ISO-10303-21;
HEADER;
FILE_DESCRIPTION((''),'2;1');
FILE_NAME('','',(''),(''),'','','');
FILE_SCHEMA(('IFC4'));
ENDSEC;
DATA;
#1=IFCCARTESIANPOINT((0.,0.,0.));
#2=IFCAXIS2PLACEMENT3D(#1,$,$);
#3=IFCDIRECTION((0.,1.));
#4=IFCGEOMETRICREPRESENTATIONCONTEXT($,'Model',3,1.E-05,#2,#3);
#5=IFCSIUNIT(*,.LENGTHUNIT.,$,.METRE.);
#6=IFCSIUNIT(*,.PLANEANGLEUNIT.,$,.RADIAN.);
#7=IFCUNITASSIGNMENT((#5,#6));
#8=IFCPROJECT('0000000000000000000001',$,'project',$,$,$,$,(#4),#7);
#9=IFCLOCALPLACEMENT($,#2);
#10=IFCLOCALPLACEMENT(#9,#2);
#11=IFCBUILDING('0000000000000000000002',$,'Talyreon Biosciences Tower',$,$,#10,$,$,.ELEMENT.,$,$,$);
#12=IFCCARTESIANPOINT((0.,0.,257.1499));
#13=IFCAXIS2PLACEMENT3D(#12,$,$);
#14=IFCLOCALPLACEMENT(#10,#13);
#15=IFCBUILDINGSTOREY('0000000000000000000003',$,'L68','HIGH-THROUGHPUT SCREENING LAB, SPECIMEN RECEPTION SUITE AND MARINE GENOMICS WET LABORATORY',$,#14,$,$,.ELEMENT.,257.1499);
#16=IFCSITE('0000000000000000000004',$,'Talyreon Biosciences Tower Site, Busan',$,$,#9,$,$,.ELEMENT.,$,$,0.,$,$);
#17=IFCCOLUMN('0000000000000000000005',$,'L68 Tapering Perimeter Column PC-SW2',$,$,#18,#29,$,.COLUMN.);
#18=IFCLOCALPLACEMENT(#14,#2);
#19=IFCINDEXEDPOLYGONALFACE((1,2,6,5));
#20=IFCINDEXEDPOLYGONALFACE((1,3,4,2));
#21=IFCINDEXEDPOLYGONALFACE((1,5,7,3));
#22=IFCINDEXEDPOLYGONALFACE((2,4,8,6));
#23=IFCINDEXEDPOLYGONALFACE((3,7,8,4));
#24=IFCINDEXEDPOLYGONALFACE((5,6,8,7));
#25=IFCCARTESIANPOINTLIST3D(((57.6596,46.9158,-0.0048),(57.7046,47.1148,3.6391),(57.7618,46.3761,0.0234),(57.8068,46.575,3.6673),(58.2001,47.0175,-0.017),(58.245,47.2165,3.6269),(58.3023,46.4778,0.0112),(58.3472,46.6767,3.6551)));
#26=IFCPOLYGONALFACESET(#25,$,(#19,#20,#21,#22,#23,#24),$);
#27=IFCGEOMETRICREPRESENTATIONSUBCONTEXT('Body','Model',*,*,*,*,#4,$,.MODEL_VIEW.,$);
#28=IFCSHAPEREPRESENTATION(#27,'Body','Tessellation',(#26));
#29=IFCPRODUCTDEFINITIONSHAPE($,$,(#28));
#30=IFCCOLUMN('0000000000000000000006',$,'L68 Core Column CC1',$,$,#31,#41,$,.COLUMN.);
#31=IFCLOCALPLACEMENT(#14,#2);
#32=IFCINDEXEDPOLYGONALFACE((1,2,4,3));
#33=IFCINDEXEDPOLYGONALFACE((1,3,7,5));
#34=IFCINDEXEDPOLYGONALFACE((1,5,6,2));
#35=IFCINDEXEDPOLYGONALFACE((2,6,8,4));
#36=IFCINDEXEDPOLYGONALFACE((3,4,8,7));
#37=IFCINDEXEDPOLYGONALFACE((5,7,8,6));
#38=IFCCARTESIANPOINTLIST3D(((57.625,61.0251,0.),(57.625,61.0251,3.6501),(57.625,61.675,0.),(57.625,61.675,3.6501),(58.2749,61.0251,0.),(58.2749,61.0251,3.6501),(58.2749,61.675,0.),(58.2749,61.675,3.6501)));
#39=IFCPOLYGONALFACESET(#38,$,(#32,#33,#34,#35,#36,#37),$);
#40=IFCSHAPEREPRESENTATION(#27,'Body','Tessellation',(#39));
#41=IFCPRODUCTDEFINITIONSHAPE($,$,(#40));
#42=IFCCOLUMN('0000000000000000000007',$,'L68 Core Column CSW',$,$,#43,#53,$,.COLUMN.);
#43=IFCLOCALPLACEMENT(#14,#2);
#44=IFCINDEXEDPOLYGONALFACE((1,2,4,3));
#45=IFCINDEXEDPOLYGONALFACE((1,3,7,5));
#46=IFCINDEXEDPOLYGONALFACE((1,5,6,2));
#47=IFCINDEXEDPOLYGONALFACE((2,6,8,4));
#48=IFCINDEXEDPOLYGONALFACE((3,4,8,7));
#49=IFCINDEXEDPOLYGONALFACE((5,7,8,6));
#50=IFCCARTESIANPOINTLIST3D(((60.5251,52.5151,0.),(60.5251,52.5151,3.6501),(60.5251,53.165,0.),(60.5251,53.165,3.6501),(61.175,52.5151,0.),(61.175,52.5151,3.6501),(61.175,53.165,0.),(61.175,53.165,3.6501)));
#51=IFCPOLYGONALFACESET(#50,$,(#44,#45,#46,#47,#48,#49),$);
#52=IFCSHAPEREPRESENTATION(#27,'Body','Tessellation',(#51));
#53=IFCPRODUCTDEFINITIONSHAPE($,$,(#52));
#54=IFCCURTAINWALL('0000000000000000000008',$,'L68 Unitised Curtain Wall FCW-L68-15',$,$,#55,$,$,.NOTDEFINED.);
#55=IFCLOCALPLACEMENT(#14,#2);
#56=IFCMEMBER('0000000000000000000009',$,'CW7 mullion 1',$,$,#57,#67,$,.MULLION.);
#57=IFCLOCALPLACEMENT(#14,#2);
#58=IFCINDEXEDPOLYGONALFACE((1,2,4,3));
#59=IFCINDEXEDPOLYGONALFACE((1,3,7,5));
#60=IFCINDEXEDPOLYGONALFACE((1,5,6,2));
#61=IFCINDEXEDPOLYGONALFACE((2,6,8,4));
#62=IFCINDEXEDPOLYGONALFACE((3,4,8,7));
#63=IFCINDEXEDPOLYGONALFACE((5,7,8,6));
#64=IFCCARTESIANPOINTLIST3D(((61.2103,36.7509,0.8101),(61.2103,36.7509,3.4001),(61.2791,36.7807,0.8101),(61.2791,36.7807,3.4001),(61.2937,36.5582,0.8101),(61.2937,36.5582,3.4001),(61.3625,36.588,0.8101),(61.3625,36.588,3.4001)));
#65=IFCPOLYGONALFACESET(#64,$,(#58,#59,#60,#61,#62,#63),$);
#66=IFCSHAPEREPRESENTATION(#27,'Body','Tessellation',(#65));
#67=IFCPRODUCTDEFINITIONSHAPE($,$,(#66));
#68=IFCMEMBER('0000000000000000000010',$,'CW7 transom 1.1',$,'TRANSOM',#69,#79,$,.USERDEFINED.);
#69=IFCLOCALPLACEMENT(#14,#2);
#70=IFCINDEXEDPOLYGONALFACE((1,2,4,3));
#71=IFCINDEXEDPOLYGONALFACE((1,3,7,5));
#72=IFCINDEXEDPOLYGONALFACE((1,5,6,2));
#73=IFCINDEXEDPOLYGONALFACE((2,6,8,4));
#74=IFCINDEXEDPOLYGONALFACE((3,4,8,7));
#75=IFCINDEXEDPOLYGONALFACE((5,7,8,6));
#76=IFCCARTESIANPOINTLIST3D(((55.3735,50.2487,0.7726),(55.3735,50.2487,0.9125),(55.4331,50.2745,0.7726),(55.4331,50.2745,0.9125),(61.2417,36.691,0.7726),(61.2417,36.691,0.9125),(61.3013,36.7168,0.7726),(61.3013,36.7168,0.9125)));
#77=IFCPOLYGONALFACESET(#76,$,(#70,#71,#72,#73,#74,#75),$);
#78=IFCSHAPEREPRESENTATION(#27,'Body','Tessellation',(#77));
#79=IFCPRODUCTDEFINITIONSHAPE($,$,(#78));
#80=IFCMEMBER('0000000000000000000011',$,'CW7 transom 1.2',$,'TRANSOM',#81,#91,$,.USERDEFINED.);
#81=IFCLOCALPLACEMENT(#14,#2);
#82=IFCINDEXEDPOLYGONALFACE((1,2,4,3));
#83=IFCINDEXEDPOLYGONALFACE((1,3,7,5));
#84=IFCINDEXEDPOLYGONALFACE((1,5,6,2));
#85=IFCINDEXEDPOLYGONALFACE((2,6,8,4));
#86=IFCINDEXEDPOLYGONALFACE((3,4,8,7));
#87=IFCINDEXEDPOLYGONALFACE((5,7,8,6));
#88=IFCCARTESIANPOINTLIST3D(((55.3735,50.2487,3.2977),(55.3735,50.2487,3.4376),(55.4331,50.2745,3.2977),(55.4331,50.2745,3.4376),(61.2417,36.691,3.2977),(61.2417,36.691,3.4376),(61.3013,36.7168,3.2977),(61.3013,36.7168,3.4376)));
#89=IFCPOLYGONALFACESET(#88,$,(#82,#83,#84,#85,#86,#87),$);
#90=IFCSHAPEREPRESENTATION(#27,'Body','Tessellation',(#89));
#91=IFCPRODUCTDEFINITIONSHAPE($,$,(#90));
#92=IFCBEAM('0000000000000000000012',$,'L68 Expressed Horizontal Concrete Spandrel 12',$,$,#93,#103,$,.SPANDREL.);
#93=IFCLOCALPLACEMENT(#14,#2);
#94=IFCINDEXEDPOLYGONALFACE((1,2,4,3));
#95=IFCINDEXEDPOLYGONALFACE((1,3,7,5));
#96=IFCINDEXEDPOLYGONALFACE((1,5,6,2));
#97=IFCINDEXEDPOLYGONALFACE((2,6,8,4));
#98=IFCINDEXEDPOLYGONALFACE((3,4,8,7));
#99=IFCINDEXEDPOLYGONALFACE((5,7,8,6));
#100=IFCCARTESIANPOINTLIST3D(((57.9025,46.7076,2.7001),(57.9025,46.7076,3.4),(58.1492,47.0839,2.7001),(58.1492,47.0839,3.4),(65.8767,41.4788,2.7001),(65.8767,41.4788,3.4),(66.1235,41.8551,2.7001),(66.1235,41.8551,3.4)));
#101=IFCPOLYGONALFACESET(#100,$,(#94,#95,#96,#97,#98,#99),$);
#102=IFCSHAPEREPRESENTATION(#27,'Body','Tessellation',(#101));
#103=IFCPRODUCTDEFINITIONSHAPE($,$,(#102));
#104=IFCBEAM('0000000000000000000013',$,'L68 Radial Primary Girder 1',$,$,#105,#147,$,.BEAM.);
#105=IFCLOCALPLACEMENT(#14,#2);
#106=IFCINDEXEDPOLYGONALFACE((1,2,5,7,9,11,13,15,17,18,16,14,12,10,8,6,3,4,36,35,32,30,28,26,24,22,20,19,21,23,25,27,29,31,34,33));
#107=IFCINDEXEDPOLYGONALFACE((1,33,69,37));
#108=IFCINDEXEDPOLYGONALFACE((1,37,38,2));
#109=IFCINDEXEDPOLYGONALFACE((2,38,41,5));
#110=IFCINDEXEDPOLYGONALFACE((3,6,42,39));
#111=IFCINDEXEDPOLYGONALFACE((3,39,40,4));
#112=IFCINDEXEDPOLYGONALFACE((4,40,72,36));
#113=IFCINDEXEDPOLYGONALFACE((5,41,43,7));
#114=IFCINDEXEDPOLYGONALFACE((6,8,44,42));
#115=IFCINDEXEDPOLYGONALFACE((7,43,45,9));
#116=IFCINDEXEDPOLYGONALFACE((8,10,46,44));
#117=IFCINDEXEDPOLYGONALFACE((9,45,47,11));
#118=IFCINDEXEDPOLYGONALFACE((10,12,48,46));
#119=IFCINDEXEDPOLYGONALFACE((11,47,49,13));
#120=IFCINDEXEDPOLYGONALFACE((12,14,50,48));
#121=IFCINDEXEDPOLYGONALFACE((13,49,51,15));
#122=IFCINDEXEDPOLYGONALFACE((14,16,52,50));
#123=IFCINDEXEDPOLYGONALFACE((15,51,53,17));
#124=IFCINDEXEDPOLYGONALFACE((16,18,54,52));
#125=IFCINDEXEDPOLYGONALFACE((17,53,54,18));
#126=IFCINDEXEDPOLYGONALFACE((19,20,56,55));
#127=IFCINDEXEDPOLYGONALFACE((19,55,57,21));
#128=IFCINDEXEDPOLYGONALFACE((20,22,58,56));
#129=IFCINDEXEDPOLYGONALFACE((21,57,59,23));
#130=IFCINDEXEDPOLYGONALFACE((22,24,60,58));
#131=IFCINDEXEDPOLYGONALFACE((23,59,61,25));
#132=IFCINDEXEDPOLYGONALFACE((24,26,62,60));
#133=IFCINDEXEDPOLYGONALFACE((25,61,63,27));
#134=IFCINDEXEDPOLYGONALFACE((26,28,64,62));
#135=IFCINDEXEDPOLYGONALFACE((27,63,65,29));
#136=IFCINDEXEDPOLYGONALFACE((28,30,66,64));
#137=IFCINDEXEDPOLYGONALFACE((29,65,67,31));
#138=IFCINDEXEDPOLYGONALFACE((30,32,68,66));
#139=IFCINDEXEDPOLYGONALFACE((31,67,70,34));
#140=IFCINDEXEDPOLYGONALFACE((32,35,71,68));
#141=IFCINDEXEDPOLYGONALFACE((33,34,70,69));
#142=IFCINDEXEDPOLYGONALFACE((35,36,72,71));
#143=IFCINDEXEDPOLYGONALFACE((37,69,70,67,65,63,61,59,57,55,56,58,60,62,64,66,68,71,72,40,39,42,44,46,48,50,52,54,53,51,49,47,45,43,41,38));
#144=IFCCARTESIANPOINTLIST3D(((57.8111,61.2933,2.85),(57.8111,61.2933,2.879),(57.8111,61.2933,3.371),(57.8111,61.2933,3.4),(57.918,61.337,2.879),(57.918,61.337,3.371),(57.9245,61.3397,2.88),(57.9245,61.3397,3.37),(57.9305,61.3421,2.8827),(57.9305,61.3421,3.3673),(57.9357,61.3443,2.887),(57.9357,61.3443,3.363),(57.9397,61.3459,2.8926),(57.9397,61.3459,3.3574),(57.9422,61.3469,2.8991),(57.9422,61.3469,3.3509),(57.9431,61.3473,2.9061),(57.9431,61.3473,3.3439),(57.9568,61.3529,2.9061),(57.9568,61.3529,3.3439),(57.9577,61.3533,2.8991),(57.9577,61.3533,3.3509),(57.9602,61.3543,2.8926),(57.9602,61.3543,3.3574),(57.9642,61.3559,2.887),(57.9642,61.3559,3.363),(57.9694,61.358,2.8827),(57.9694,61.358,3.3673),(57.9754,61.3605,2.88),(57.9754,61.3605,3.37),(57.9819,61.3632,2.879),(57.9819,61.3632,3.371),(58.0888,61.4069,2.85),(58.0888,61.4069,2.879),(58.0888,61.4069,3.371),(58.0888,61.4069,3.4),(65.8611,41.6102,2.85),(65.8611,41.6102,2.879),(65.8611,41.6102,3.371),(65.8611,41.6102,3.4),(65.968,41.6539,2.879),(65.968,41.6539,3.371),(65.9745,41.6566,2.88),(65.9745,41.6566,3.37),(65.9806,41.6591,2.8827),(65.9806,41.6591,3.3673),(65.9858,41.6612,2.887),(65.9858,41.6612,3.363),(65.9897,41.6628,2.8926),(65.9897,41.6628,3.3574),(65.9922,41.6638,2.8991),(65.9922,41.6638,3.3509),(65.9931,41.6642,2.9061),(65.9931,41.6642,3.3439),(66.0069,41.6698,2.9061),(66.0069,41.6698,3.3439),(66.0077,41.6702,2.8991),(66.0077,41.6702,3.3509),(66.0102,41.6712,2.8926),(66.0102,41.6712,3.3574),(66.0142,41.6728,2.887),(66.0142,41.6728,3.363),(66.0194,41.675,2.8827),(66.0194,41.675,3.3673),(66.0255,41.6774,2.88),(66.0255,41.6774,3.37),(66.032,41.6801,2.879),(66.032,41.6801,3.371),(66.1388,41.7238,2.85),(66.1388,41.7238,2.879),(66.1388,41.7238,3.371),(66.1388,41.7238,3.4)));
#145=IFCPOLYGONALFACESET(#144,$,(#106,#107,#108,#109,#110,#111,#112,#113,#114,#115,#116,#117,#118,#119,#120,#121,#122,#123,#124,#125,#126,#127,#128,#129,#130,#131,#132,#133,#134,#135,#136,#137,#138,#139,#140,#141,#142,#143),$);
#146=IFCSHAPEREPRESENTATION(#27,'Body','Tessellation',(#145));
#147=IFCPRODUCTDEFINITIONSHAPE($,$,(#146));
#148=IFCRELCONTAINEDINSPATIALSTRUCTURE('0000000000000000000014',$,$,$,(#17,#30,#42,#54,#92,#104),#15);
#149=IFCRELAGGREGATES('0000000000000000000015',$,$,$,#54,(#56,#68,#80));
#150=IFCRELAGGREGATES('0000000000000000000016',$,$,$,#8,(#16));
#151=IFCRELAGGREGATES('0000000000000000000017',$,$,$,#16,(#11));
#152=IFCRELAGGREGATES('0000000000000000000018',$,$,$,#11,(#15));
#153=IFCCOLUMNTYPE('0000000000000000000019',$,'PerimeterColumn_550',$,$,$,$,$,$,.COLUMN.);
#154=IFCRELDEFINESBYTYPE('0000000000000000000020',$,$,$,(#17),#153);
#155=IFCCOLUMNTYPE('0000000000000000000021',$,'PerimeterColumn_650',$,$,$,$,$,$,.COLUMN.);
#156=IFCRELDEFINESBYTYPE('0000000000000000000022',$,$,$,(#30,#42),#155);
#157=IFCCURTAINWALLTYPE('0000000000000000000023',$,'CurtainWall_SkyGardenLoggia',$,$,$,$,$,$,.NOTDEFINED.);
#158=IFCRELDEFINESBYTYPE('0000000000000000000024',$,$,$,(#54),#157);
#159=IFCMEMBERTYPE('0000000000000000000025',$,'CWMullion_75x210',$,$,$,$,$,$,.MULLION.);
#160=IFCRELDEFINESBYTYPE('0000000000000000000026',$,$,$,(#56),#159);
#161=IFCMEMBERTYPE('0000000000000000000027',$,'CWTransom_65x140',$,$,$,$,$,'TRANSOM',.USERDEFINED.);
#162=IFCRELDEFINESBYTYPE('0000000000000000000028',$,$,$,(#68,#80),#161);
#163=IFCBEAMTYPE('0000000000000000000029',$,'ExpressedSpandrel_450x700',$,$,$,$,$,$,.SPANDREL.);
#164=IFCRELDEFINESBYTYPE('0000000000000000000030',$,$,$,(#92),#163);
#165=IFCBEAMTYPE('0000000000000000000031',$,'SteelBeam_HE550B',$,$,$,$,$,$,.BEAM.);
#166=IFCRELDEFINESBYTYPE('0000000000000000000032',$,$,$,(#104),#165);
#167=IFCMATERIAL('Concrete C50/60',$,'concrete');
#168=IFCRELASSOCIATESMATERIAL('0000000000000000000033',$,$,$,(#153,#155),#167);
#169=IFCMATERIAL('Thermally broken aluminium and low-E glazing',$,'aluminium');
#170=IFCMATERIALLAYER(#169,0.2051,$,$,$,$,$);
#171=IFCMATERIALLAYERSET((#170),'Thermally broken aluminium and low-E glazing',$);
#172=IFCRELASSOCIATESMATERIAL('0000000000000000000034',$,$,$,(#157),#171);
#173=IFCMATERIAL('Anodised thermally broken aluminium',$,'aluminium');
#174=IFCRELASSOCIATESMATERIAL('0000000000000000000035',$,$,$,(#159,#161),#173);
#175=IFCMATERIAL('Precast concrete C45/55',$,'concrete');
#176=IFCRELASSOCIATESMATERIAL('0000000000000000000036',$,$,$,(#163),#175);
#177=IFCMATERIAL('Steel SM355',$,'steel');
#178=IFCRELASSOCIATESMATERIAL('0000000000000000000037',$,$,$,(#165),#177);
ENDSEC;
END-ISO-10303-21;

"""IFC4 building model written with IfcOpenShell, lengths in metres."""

from ifc_helpers import new_model, si_unit, direction, frame, origin, origin_2d, place, context, subcontext, project, spatial, rectangle, i_section, extrude, material, layer, layer_set, material_profile, profile_set, type_object, element, aggregate, save


model = new_model("IFC4")

# Units and contexts
model_context = context("Model", 3, precision=1e-05, world=origin(), true_north=direction((0.0, 1.0)))
body_context = subcontext(model_context, "Body", "Model", "MODEL_VIEW")
ifc_project = project(units=[si_unit("LENGTHUNIT", "METRE"), si_unit("PLANEANGLEUNIT", "RADIAN")], contexts=[model_context])

# Site, building, storey
site_placement = place(None, origin())
site = spatial("IfcSite", under=ifc_project, at=site_placement, Name="Talyreon Biosciences Tower Site, Busan", CompositionType="ELEMENT", RefElevation=0.0)
building_placement = place(site_placement, origin())
building = spatial("IfcBuilding", under=site, at=building_placement, Name="Talyreon Biosciences Tower", CompositionType="ELEMENT")
storey_placement = place(building_placement, frame((0.0, 0.0, 257.1499)))
storey = spatial("IfcBuildingStorey", under=building, at=storey_placement, Name="L68", Description="HIGH-THROUGHPUT SCREENING LAB, SPECIMEN RECEPTION SUITE AND MARINE GENOMICS WET LABORATORY", CompositionType="ELEMENT", Elevation=257.1499)

# Columns
ifc_material_1 = material(Name="Concrete C50/60", Category="concrete")
ifc_material_profile_1 = material_profile(ifc_material_1, rectangle(XDim=0.55, YDim=0.55, at=origin_2d()), Name="RC 550x550")
ifc_profile_set_1 = profile_set([ifc_material_profile_1], Name="Concrete C50/60")
column_type_1 = type_object("IfcColumnType", Name="PerimeterColumn_550", PredefinedType="COLUMN", material=ifc_profile_set_1)
column_placement = place(storey_placement, frame((57.981, 46.6968, 0.0032), z_axis=(0.012308, 0.054517, 0.998437), x_axis=(-0.18579, 0.98125, -0.051289)))
element("IfcColumn", 1, at=column_placement, inside=storey, type_object=column_type_1, Name="L68 Tapering Perimeter Column PC-SW2", PredefinedType="COLUMN", context=body_context, shape_type="SweptSolid", body=[
    extrude(rectangle(XDim=0.55, YDim=0.55, at=origin_2d()), origin(), (0.0, 0.0, 1.0), 3.6497),
])
ifc_material_profile_2 = material_profile(ifc_material_1, rectangle(XDim=0.6499, YDim=0.6499, at=origin_2d()), Name="RC 650x650")
ifc_profile_set_2 = profile_set([ifc_material_profile_2], Name="Concrete C50/60")
column_type_2 = type_object("IfcColumnType", Name="PerimeterColumn_650", PredefinedType="COLUMN", material=ifc_profile_set_2)
for number, where, z_axis, x_axis, name in (
    (2, (57.95, 61.3501, 0.0), (0.0, 0.0, 1.0), (1.0, 0.0, 0.0), "L68 Core Column CC1"),
    (3, (60.8501, 52.8401, 0.0), (0.0, 0.0, 1.0), (1.0, 0.0, 0.0), "L68 Core Column CSW"),
):
    element("IfcColumn", number, at=place(storey_placement, frame(where, z_axis=z_axis, x_axis=x_axis)), inside=storey, type_object=column_type_2, Name=name, PredefinedType="COLUMN", context=body_context, shape_type="SweptSolid", body=[
        extrude(rectangle(XDim=0.6499, YDim=0.6499, at=origin_2d()), origin(), (0.0, 0.0, 1.0), 3.6501),
    ])

# Curtain wall, members
ifc_material_2 = material(Name="Thermally broken aluminium and low-E glazing", Category="aluminium")
ifc_layer_1 = layer(ifc_material_2, 0.2051)
ifc_layer_set_1 = layer_set([ifc_layer_1], Name="Thermally broken aluminium and low-E glazing")
curtain_wall_type = type_object("IfcCurtainWallType", Name="CurtainWall_SkyGardenLoggia", PredefinedType="NOTDEFINED", material=ifc_layer_set_1)
curtain_wall_placement = place(storey_placement, origin())
curtain_wall = element("IfcCurtainWall", 4, at=curtain_wall_placement, inside=storey, type_object=curtain_wall_type, Name="L68 Unitised Curtain Wall FCW-L68-15", PredefinedType="NOTDEFINED")
ifc_material_3 = material(Name="Anodised thermally broken aluminium", Category="aluminium")
ifc_material_profile_3 = material_profile(ifc_material_3, rectangle(XDim=0.075, YDim=0.21, at=origin_2d()), Name="ALUM MULLION 75x210")
ifc_profile_set_3 = profile_set([ifc_material_profile_3], Name="Anodised thermally broken aluminium")
member_type_1 = type_object("IfcMemberType", Name="CWMullion_75x210", PredefinedType="MULLION", material=ifc_profile_set_3)
member_1_placement = place(storey_placement, frame((61.2864, 36.6694, 0.8101), z_axis=(0.0, 0.0, 1.0), x_axis=(-0.917723, -0.397221, 0.0)))
member_1 = element("IfcMember", 5, at=member_1_placement, type_object=member_type_1, Name="CW7 mullion 1", PredefinedType="MULLION", context=body_context, shape_type="SweptSolid", body=[
    extrude(rectangle(XDim=0.075, YDim=0.21, at=origin_2d()), origin(), (0.0, 0.0, 1.0), 2.5901),
])
ifc_material_profile_4 = material_profile(ifc_material_3, rectangle(XDim=0.0649, YDim=0.1399, at=origin_2d()), Name="ALUM TRANSOM 65x140")
ifc_profile_set_4 = profile_set([ifc_material_profile_4], Name="Anodised thermally broken aluminium")
member_type_2 = type_object("IfcMemberType", Name="CWTransom_65x140", ElementType="TRANSOM", PredefinedType="USERDEFINED", material=ifc_profile_set_4)
member_2_placement = place(storey_placement, frame((61.2715, 36.7039, 0.8425), z_axis=(-0.39722, 0.917724, 0.0), x_axis=(-0.917724, -0.39722, 0.0)))
member_2 = element("IfcMember", 6, at=member_2_placement, type_object=member_type_2, Name="CW7 transom 1.1", ObjectType="TRANSOM", PredefinedType="USERDEFINED", context=body_context, shape_type="SweptSolid", body=[
    extrude(rectangle(XDim=0.0649, YDim=0.1399, at=origin_2d()), origin(), (0.0, 0.0, 1.0), 14.7732),
])
member_3_placement = place(storey_placement, frame((61.2715, 36.7039, 3.3677), z_axis=(-0.39722, 0.917724, 0.0), x_axis=(-0.917724, -0.39722, 0.0)))
member_3 = element("IfcMember", 7, at=member_3_placement, type_object=member_type_2, Name="CW7 transom 1.2", ObjectType="TRANSOM", PredefinedType="USERDEFINED", context=body_context, shape_type="SweptSolid", body=[
    extrude(rectangle(XDim=0.0649, YDim=0.1399, at=origin_2d()), origin(), (0.0, 0.0, 1.0), 14.7732),
])

# Beams
ifc_material_4 = material(Name="Precast concrete C45/55", Category="concrete")
ifc_material_profile_5 = material_profile(ifc_material_4, rectangle(XDim=0.45, YDim=0.7, at=origin_2d()), Name="RCB 450x700")
ifc_profile_set_5 = profile_set([ifc_material_profile_5], Name="Precast concrete C45/55")
beam_type_1 = type_object("IfcBeamType", Name="ExpressedSpandrel_450x700", PredefinedType="SPANDREL", material=ifc_profile_set_5)
beam_1_placement = place(storey_placement, frame((58.0259, 46.8958, 3.05), z_axis=(0.836253, -0.548344, 0.0), x_axis=(0.548344, 0.836253, 0.0)))
element("IfcBeam", 8, at=beam_1_placement, inside=storey, type_object=beam_type_1, Name="L68 Expressed Horizontal Concrete Spandrel 12", PredefinedType="SPANDREL", context=body_context, shape_type="SweptSolid", body=[
    extrude(rectangle(XDim=0.45, YDim=0.7, at=origin_2d()), origin(), (0.0, 0.0, 1.0), 9.5356),
])
ifc_material_5 = material(Name="Steel SM355", Category="steel")
ifc_material_profile_6 = material_profile(ifc_material_5, i_section(OverallWidth=0.3, OverallDepth=0.55, WebThickness=0.0149, FlangeThickness=0.0291, FilletRadius=0.0271, at=origin_2d()), Name="HE550B")
ifc_profile_set_6 = profile_set([ifc_material_profile_6], Name="Steel SM355")
beam_type_2 = type_object("IfcBeamType", Name="SteelBeam_HE550B", PredefinedType="BEAM", material=ifc_profile_set_6)
beam_2_placement = place(storey_placement, frame((57.95, 61.3501, 3.125), z_axis=(0.378547, -0.925582, 0.0), x_axis=(0.925582, 0.378547, 0.0)))
element("IfcBeam", 9, at=beam_2_placement, inside=storey, type_object=beam_type_2, Name="L68 Radial Primary Girder 1", PredefinedType="BEAM", context=body_context, shape_type="SweptSolid", body=[
    extrude(i_section(OverallWidth=0.3, OverallDepth=0.55, WebThickness=0.0149, FlangeThickness=0.0291, FilletRadius=0.0271, at=origin_2d()), origin(), (0.0, 0.0, 1.0), 21.2656),
])

aggregate(curtain_wall, [member_1, member_2, member_3])

save(model, "model.ifc")
